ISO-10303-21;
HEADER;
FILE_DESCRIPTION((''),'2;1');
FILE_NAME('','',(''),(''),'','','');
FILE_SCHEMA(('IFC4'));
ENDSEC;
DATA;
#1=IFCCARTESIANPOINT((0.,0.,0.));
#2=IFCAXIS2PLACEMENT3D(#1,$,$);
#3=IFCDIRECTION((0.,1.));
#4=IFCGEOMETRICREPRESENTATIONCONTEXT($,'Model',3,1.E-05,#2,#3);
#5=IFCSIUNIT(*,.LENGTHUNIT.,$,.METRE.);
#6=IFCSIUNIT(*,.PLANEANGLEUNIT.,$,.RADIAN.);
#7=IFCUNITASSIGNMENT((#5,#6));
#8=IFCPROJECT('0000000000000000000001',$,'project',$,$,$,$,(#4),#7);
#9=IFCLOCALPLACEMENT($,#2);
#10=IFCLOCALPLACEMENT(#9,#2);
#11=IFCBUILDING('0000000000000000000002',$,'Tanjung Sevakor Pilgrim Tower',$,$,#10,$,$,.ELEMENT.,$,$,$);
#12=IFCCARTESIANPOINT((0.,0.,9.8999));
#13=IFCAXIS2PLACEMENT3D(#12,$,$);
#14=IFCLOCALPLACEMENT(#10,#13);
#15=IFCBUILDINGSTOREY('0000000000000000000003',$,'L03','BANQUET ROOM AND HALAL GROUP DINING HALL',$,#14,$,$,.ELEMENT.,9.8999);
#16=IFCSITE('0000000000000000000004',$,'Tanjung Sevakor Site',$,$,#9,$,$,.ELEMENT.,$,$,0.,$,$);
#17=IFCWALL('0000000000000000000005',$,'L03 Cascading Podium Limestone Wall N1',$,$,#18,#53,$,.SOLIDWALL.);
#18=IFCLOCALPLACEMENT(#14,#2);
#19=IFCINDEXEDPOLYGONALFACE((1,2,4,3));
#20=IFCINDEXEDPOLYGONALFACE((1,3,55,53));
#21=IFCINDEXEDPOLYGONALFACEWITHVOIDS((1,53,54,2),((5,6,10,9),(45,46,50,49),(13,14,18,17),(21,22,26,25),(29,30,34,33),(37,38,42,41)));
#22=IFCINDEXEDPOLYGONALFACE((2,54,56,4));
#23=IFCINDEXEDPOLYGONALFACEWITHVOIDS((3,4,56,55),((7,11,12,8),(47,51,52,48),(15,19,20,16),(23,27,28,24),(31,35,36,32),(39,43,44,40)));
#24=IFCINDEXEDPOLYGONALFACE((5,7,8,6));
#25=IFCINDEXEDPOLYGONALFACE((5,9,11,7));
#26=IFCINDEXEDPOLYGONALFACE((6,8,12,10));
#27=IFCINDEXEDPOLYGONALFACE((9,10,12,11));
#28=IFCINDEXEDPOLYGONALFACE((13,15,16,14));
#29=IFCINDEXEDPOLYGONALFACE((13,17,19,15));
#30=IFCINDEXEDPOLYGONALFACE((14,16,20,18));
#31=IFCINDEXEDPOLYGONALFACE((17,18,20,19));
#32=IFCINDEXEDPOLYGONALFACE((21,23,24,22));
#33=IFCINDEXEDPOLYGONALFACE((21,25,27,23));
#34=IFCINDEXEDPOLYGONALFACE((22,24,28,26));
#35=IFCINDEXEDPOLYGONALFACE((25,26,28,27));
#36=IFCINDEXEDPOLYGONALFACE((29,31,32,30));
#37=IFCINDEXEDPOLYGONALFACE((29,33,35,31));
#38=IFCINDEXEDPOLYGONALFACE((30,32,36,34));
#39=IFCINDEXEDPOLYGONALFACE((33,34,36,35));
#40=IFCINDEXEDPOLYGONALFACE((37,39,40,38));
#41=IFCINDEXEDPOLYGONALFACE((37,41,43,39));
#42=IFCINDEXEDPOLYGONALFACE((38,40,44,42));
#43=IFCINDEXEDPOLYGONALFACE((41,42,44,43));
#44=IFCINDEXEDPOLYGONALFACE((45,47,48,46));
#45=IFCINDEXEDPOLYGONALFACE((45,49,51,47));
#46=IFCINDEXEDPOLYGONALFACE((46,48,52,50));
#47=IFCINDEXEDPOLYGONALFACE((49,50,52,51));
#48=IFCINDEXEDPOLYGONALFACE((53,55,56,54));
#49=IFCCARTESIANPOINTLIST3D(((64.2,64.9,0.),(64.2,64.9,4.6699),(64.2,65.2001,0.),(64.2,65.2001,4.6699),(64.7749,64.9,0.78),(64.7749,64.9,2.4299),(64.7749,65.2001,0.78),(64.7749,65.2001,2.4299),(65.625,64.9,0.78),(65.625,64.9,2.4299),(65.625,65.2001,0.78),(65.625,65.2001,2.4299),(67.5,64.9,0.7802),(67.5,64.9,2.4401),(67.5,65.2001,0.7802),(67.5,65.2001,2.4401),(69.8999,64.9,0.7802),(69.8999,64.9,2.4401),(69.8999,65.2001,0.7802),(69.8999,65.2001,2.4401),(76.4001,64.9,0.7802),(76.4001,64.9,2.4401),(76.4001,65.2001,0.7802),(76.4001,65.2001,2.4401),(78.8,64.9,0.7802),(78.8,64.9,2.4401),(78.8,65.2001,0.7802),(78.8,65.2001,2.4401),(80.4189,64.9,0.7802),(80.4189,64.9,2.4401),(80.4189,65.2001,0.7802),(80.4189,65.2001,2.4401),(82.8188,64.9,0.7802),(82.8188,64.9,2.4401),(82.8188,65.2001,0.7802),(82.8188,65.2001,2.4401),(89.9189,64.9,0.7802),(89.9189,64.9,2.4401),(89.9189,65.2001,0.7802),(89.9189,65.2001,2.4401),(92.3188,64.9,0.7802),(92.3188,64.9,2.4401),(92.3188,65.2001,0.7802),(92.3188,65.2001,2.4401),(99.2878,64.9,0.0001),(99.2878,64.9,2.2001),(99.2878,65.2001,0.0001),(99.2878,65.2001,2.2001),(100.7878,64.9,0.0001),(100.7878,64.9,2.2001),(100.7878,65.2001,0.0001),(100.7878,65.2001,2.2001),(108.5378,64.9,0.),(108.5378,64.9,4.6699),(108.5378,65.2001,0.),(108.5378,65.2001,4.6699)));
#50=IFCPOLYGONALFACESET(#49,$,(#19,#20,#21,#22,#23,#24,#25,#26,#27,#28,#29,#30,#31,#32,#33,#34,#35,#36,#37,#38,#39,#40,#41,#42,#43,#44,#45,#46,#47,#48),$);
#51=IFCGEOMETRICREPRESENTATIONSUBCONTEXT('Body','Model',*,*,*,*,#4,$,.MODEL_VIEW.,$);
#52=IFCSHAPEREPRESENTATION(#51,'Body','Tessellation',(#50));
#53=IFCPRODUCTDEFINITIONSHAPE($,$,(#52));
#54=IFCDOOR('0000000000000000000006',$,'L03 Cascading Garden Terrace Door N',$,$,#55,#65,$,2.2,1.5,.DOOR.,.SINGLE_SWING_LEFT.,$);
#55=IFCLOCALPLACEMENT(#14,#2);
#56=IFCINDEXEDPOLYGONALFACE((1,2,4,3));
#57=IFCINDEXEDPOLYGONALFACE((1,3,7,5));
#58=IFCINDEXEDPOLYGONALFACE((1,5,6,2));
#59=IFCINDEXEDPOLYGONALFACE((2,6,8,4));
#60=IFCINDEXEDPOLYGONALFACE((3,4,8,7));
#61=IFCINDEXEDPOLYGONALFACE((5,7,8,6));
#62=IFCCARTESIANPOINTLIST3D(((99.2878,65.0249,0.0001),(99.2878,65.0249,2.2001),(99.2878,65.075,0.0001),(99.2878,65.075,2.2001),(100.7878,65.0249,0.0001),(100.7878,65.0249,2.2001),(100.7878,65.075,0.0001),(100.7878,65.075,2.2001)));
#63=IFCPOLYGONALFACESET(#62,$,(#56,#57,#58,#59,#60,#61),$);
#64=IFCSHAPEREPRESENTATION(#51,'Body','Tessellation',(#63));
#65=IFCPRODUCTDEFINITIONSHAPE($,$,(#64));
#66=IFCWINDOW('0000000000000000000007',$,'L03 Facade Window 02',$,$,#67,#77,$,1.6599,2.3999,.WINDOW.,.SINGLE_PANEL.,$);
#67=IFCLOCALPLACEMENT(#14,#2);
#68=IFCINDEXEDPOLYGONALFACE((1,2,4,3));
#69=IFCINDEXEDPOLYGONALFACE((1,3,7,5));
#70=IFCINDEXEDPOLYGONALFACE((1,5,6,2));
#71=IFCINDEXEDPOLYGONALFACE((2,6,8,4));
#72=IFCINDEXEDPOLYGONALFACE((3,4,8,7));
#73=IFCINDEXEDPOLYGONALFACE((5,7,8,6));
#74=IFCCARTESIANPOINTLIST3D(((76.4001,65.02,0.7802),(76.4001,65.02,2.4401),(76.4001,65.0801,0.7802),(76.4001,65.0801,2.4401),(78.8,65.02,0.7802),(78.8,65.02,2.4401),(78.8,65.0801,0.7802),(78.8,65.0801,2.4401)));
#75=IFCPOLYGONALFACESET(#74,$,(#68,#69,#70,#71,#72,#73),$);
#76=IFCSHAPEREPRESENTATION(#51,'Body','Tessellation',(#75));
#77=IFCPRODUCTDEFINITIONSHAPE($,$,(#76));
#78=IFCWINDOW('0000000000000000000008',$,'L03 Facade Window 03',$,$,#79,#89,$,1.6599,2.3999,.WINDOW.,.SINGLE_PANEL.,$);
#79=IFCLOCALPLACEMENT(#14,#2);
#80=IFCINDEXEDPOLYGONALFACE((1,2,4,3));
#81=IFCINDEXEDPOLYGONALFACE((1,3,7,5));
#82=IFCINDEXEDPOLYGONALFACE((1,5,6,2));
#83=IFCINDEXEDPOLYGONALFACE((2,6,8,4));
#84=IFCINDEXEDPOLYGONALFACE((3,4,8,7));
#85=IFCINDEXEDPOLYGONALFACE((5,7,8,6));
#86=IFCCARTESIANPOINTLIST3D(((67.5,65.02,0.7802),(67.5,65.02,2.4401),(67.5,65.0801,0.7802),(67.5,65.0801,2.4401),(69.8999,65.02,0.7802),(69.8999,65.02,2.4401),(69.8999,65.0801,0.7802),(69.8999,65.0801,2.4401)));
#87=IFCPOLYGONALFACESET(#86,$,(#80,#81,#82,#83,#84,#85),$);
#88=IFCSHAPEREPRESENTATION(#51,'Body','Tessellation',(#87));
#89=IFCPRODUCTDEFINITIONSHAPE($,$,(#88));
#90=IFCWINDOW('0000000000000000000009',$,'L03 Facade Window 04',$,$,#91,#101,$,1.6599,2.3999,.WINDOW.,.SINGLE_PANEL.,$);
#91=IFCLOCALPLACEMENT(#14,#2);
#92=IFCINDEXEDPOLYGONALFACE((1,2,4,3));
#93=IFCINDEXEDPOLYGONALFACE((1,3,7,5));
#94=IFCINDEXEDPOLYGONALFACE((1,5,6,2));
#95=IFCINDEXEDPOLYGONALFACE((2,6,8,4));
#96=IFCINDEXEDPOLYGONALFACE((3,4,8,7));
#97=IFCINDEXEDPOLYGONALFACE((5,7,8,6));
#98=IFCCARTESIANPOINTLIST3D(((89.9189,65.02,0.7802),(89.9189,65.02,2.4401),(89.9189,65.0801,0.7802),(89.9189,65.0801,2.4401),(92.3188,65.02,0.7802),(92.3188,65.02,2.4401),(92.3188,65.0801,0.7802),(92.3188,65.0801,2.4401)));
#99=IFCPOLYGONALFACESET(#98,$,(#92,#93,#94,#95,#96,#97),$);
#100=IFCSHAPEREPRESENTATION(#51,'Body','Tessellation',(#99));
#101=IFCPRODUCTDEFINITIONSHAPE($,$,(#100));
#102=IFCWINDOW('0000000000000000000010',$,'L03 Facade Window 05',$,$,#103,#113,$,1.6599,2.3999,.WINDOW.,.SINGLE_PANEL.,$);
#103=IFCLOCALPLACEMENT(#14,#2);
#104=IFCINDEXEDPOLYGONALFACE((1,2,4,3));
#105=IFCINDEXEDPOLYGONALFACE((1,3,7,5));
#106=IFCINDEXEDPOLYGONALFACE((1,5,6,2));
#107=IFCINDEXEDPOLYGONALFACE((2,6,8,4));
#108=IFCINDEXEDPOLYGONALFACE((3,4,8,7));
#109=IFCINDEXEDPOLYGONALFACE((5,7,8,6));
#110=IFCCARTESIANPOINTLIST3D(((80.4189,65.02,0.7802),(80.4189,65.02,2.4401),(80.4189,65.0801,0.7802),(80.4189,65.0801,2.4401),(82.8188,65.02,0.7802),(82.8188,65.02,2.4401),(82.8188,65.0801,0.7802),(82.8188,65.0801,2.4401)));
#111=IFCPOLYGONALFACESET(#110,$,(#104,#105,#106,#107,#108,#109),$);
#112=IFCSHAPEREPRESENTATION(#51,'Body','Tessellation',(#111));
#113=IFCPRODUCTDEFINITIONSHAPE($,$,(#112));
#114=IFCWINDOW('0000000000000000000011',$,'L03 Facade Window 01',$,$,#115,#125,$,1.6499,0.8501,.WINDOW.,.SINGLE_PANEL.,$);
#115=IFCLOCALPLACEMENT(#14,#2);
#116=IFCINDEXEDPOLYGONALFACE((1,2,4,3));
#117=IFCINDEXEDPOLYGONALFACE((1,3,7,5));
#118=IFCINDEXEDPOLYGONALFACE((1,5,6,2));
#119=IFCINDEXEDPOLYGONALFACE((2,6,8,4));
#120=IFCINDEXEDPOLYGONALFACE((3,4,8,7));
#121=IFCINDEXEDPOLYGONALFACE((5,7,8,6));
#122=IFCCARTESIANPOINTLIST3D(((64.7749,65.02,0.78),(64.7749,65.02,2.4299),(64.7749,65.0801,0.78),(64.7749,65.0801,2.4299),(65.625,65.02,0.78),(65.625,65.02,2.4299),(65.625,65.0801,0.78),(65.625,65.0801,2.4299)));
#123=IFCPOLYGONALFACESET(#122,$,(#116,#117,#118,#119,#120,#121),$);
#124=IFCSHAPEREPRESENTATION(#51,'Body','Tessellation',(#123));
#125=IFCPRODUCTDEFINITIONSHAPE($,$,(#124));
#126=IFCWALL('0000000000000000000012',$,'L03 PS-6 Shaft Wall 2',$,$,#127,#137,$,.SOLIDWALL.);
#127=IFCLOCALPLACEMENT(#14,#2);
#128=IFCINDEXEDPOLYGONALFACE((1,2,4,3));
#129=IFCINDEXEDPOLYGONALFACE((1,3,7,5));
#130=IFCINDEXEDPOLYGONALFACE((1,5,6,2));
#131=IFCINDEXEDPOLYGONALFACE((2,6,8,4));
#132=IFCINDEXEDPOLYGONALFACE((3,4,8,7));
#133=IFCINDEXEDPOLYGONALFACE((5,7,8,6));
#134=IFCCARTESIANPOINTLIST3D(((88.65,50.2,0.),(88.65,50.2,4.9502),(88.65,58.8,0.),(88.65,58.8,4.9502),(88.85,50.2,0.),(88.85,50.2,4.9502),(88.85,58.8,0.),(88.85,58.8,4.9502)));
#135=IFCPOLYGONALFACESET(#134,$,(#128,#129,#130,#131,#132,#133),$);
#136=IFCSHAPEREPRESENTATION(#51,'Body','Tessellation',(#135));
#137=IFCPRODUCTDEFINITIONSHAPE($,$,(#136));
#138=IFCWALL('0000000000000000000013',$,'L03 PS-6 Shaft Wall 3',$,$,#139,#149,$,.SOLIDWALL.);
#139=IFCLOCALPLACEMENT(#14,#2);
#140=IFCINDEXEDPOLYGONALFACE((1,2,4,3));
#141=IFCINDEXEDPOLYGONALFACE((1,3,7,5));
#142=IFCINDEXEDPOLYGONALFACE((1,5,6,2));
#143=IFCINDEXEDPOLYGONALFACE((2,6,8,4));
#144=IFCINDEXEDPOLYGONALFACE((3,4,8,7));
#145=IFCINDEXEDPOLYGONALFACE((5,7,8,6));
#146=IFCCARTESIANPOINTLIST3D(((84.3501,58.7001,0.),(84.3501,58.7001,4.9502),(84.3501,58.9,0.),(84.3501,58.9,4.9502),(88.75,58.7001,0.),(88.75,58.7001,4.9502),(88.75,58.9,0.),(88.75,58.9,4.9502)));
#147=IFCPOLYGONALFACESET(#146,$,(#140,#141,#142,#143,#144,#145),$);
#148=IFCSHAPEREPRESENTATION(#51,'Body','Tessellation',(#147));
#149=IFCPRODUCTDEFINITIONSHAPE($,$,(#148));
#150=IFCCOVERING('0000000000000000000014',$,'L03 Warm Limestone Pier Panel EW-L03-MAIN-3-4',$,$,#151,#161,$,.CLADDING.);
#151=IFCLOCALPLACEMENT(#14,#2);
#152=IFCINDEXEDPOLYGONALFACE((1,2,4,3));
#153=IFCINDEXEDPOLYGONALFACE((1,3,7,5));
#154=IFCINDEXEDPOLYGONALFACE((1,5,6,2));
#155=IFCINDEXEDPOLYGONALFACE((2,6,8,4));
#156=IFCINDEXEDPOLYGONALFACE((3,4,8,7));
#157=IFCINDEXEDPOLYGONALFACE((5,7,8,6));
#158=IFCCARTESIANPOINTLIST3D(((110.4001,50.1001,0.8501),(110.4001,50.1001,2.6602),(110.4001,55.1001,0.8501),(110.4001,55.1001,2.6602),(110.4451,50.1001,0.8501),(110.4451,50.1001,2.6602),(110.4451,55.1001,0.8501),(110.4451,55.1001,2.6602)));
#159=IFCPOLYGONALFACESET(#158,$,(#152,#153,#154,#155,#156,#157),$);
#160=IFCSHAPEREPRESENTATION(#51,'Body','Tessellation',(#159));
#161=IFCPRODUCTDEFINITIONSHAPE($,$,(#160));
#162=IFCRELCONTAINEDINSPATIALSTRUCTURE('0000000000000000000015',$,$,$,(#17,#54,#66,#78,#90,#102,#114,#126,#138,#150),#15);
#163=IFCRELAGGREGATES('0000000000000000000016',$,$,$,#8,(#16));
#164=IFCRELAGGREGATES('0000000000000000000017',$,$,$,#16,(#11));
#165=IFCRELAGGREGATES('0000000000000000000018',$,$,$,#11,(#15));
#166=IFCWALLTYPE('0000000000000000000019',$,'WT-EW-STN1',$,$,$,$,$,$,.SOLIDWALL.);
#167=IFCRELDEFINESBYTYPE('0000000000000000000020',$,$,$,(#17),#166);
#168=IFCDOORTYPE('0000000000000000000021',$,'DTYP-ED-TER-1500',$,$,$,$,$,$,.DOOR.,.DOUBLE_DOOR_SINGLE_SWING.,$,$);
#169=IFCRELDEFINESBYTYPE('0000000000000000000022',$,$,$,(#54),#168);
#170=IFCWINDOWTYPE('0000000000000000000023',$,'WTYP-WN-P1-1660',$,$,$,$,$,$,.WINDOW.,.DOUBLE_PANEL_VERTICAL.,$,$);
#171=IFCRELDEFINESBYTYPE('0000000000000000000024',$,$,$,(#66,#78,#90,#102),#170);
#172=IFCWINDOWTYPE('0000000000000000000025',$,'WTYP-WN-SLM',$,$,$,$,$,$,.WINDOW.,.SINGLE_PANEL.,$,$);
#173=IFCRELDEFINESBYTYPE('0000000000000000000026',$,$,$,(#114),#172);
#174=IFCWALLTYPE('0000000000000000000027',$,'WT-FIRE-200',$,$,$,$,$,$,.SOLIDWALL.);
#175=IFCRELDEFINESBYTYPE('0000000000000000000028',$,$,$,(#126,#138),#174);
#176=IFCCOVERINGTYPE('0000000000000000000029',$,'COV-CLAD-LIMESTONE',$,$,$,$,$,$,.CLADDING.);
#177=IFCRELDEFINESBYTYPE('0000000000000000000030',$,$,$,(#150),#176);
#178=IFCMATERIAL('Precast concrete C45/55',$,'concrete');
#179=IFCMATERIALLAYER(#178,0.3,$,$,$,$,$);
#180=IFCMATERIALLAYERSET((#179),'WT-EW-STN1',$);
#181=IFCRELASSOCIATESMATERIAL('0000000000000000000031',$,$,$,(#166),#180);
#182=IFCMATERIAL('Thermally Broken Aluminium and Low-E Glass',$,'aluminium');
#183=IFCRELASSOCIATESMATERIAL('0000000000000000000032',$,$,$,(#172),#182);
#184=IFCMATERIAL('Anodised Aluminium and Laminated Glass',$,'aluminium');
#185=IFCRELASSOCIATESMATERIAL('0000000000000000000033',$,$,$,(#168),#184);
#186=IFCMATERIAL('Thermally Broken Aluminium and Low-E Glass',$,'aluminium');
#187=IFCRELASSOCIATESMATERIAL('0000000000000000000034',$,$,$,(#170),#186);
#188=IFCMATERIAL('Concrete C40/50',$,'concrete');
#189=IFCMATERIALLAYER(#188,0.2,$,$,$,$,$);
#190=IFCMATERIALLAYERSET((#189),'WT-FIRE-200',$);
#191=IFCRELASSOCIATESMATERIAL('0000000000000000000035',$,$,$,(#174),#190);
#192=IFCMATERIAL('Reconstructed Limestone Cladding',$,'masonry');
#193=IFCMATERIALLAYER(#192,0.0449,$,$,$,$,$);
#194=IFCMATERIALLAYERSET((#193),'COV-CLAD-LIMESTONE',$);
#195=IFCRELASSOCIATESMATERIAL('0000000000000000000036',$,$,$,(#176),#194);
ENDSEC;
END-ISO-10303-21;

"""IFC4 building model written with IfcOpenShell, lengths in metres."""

from ifc_helpers import new_model, si_unit, direction, frame, frame_2d, origin, origin_2d, place, context, subcontext, project, spatial, rectangle, extrude, material, layer, layer_set, type_object, element, fill, save


model = new_model("IFC4")

# Units and contexts
model_context = context("Model", 3, precision=1e-05, world=origin(), true_north=direction((0.0, 1.0)))
body_context = subcontext(model_context, "Body", "Model", "MODEL_VIEW")
ifc_project = project(units=[si_unit("LENGTHUNIT", "METRE"), si_unit("PLANEANGLEUNIT", "RADIAN")], contexts=[model_context])

# Site, building, storey
site_placement = place(None, origin())
site = spatial("IfcSite", under=ifc_project, at=site_placement, Name="Tanjung Sevakor Site", CompositionType="ELEMENT", RefElevation=0.0)
building_placement = place(site_placement, origin())
building = spatial("IfcBuilding", under=site, at=building_placement, Name="Tanjung Sevakor Pilgrim Tower", CompositionType="ELEMENT")
storey_placement = place(building_placement, frame((0.0, 0.0, 9.8999)))
storey = spatial("IfcBuildingStorey", under=building, at=storey_placement, Name="L03", Description="BANQUET ROOM AND HALAL GROUP DINING HALL", CompositionType="ELEMENT", Elevation=9.8999)

# Shared definitions
ifc_material_1 = material(Name="Precast concrete C45/55", Category="concrete")
ifc_layer_1 = layer(ifc_material_1, 0.3)
ifc_layer_set_1 = layer_set([ifc_layer_1], Name="WT-EW-STN1")
wall_type_1 = type_object("IfcWallType", Name="WT-EW-STN1", PredefinedType="SOLIDWALL", material=ifc_layer_set_1)
ifc_material_2 = material(Name="Thermally Broken Aluminium and Low-E Glass", Category="aluminium")
window_type_1 = type_object("IfcWindowType", Name="WTYP-WN-SLM", PartitioningType="SINGLE_PANEL", PredefinedType="WINDOW", material=ifc_material_2)

# Wall, openings, door, windows
wall_1_placement = place(storey_placement, frame((108.5378, 65.05, 0.0), z_axis=(0.0, 0.0, 1.0), x_axis=(-1.0, 0.0, 0.0)))
wall_1 = element("IfcWall", 1, at=wall_1_placement, inside=storey, type_object=wall_type_1, Name="L03 Cascading Podium Limestone Wall N1", PredefinedType="SOLIDWALL", context=body_context, shape_type="SweptSolid", body=[
    extrude(rectangle(XDim=44.3379, YDim=0.3, at=frame_2d((22.1689, 0.0))), origin(), (0.0, 0.0, 1.0), 4.6699),
])
opening_1_placement = place(wall_1_placement, frame((7.75, 0.0, 0.0)))
opening_1 = element("IfcOpeningElement", 2, at=opening_1_placement, cuts=wall_1, PredefinedType="OPENING", context=body_context, shape_type="SweptSolid", body=[
    extrude(rectangle(XDim=1.5, YDim=2.2, at=frame_2d((0.75, 1.1001))), frame((0.0, 0.1599, 0.0), z_axis=(0.0, -1.0, 0.0), x_axis=(1.0, 0.0, 0.0)), (0.0, 0.0, 1.0), 0.3201),
])
opening_2_placement = place(wall_1_placement, frame((42.9128, 0.0, 0.78)))
opening_2 = element("IfcOpeningElement", 3, at=opening_2_placement, cuts=wall_1, PredefinedType="OPENING", context=body_context, shape_type="SweptSolid", body=[
    extrude(rectangle(XDim=0.8501, YDim=1.6499, at=frame_2d((0.425, 0.825))), frame((0.0, 0.1599, 0.0), z_axis=(0.0, -1.0, 0.0), x_axis=(1.0, 0.0, 0.0)), (0.0, 0.0, 1.0), 0.3201),
])
opening_3_placement = place(wall_1_placement, frame((29.7378, 0.0, 0.78)))
opening_3 = element("IfcOpeningElement", 4, at=opening_3_placement, cuts=wall_1, PredefinedType="OPENING", context=body_context, shape_type="SweptSolid", body=[
    extrude(rectangle(XDim=2.3999, YDim=1.6599, at=frame_2d((1.2, 0.8301))), frame((0.0, 0.1599, 0.0), z_axis=(0.0, -1.0, 0.0), x_axis=(1.0, 0.0, 0.0)), (0.0, 0.0, 1.0), 0.3201),
])
opening_4_placement = place(wall_1_placement, frame((38.6379, 0.0, 0.78)))
opening_4 = element("IfcOpeningElement", 5, at=opening_4_placement, cuts=wall_1, PredefinedType="OPENING", context=body_context, shape_type="SweptSolid", body=[
    extrude(rectangle(XDim=2.3999, YDim=1.6599, at=frame_2d((1.2, 0.8301))), frame((0.0, 0.1599, 0.0), z_axis=(0.0, -1.0, 0.0), x_axis=(1.0, 0.0, 0.0)), (0.0, 0.0, 1.0), 0.3201),
])
opening_5_placement = place(wall_1_placement, frame((16.219, 0.0, 0.78)))
opening_5 = element("IfcOpeningElement", 6, at=opening_5_placement, cuts=wall_1, PredefinedType="OPENING", context=body_context, shape_type="SweptSolid", body=[
    extrude(rectangle(XDim=2.3999, YDim=1.6599, at=frame_2d((1.2, 0.8301))), frame((0.0, 0.1599, 0.0), z_axis=(0.0, -1.0, 0.0), x_axis=(1.0, 0.0, 0.0)), (0.0, 0.0, 1.0), 0.3201),
])
opening_6_placement = place(wall_1_placement, frame((25.719, 0.0, 0.78)))
opening_6 = element("IfcOpeningElement", 7, at=opening_6_placement, cuts=wall_1, PredefinedType="OPENING", context=body_context, shape_type="SweptSolid", body=[
    extrude(rectangle(XDim=2.3999, YDim=1.6599, at=frame_2d((1.2, 0.8301))), frame((0.0, 0.1599, 0.0), z_axis=(0.0, -1.0, 0.0), x_axis=(1.0, 0.0, 0.0)), (0.0, 0.0, 1.0), 0.3201),
])
ifc_material_3 = material(Name="Anodised Aluminium and Laminated Glass", Category="aluminium")
door_type = type_object("IfcDoorType", Name="DTYP-ED-TER-1500", OperationType="DOUBLE_DOOR_SINGLE_SWING", PredefinedType="DOOR", material=ifc_material_3)
door_placement = place(opening_1_placement, frame((1.5, 0.0, 0.0), z_axis=(0.0, 0.0, 1.0), x_axis=(-1.0, 0.0, 0.0)))
door = element("IfcDoor", 8, at=door_placement, inside=storey, type_object=door_type, Name="L03 Cascading Garden Terrace Door N", OperationType="SINGLE_SWING_LEFT", OverallHeight=2.2, OverallWidth=1.5, PredefinedType="DOOR", context=body_context, shape_type="SweptSolid", body=[
    extrude(rectangle(XDim=1.5, YDim=2.2, at=frame_2d((0.75, 1.1001))), frame((0.0, 0.0249, 0.0), z_axis=(0.0, -1.0, 0.0), x_axis=(1.0, 0.0, 0.0)), (0.0, 0.0, 1.0), 0.05),
])
fill(opening_1, door)
ifc_material_4 = material(Name="Thermally Broken Aluminium and Low-E Glass", Category="aluminium")
window_type_2 = type_object("IfcWindowType", Name="WTYP-WN-P1-1660", PartitioningType="DOUBLE_PANEL_VERTICAL", PredefinedType="WINDOW", material=ifc_material_4)
window_1_placement = place(opening_3_placement, origin())
window_1 = element("IfcWindow", 9, at=window_1_placement, inside=storey, type_object=window_type_2, Name="L03 Facade Window 02", OverallHeight=1.6599, OverallWidth=2.3999, PartitioningType="SINGLE_PANEL", PredefinedType="WINDOW", context=body_context, shape_type="SweptSolid", body=[
    extrude(rectangle(XDim=2.3999, YDim=1.6599, at=frame_2d((1.2, 0.8301))), frame((0.0, 0.03, 0.0), z_axis=(0.0, -1.0, 0.0), x_axis=(1.0, 0.0, 0.0)), (0.0, 0.0, 1.0), 0.0601),
])
fill(opening_3, window_1)
window_2_placement = place(opening_4_placement, origin())
window_2 = element("IfcWindow", 10, at=window_2_placement, inside=storey, type_object=window_type_2, Name="L03 Facade Window 03", OverallHeight=1.6599, OverallWidth=2.3999, PartitioningType="SINGLE_PANEL", PredefinedType="WINDOW", context=body_context, shape_type="SweptSolid", body=[
    extrude(rectangle(XDim=2.3999, YDim=1.6599, at=frame_2d((1.2, 0.8301))), frame((0.0, 0.03, 0.0), z_axis=(0.0, -1.0, 0.0), x_axis=(1.0, 0.0, 0.0)), (0.0, 0.0, 1.0), 0.0601),
])
fill(opening_4, window_2)
window_3_placement = place(opening_5_placement, origin())
window_3 = element("IfcWindow", 11, at=window_3_placement, inside=storey, type_object=window_type_2, Name="L03 Facade Window 04", OverallHeight=1.6599, OverallWidth=2.3999, PartitioningType="SINGLE_PANEL", PredefinedType="WINDOW", context=body_context, shape_type="SweptSolid", body=[
    extrude(rectangle(XDim=2.3999, YDim=1.6599, at=frame_2d((1.2, 0.8301))), frame((0.0, 0.03, 0.0), z_axis=(0.0, -1.0, 0.0), x_axis=(1.0, 0.0, 0.0)), (0.0, 0.0, 1.0), 0.0601),
])
fill(opening_5, window_3)
window_4_placement = place(opening_6_placement, origin())
window_4 = element("IfcWindow", 12, at=window_4_placement, inside=storey, type_object=window_type_2, Name="L03 Facade Window 05", OverallHeight=1.6599, OverallWidth=2.3999, PartitioningType="SINGLE_PANEL", PredefinedType="WINDOW", context=body_context, shape_type="SweptSolid", body=[
    extrude(rectangle(XDim=2.3999, YDim=1.6599, at=frame_2d((1.2, 0.8301))), frame((0.0, 0.03, 0.0), z_axis=(0.0, -1.0, 0.0), x_axis=(1.0, 0.0, 0.0)), (0.0, 0.0, 1.0), 0.0601),
])
fill(opening_6, window_4)
window_5_placement = place(opening_2_placement, origin())
window_5 = element("IfcWindow", 13, at=window_5_placement, inside=storey, type_object=window_type_1, Name="L03 Facade Window 01", OverallHeight=1.6499, OverallWidth=0.8501, PartitioningType="SINGLE_PANEL", PredefinedType="WINDOW", context=body_context, shape_type="SweptSolid", body=[
    extrude(rectangle(XDim=0.8501, YDim=1.6499, at=frame_2d((0.425, 0.825))), frame((0.0, 0.03, 0.0), z_axis=(0.0, -1.0, 0.0), x_axis=(1.0, 0.0, 0.0)), (0.0, 0.0, 1.0), 0.0601),
])
fill(opening_2, window_5)

# Walls
ifc_material_5 = material(Name="Concrete C40/50", Category="concrete")
ifc_layer_2 = layer(ifc_material_5, 0.2)
ifc_layer_set_2 = layer_set([ifc_layer_2], Name="WT-FIRE-200")
wall_type_2 = type_object("IfcWallType", Name="WT-FIRE-200", PredefinedType="SOLIDWALL", material=ifc_layer_set_2)
wall_2_placement = place(storey_placement, frame((88.75, 50.2, 0.0), z_axis=(0.0, 0.0, 1.0), x_axis=(0.0, 1.0, 0.0)))
element("IfcWall", 14, at=wall_2_placement, inside=storey, type_object=wall_type_2, Name="L03 PS-6 Shaft Wall 2", PredefinedType="SOLIDWALL", context=body_context, shape_type="SweptSolid", body=[
    extrude(rectangle(XDim=8.6001, YDim=0.2, at=frame_2d((4.3, 0.0))), origin(), (0.0, 0.0, 1.0), 4.9502),
])
wall_3_placement = place(storey_placement, frame((88.75, 58.8, 0.0), z_axis=(0.0, 0.0, 1.0), x_axis=(-1.0, 0.0, 0.0)))
element("IfcWall", 15, at=wall_3_placement, inside=storey, type_object=wall_type_2, Name="L03 PS-6 Shaft Wall 3", PredefinedType="SOLIDWALL", context=body_context, shape_type="SweptSolid", body=[
    extrude(rectangle(XDim=4.3999, YDim=0.2, at=frame_2d((2.2, 0.0))), origin(), (0.0, 0.0, 1.0), 4.9502),
])

# Covering
ifc_material_6 = material(Name="Reconstructed Limestone Cladding", Category="masonry")
ifc_layer_3 = layer(ifc_material_6, 0.0449)
ifc_layer_set_3 = layer_set([ifc_layer_3], Name="COV-CLAD-LIMESTONE")
covering_type = type_object("IfcCoveringType", Name="COV-CLAD-LIMESTONE", PredefinedType="CLADDING", material=ifc_layer_set_3)
covering_1_placement = place(storey_placement, frame((110.4226, 52.6001, 0.8501), z_axis=(0.0, 0.0, 1.0), x_axis=(0.0, 1.0, 0.0)))
element("IfcCovering", 16, at=covering_1_placement, inside=storey, type_object=covering_type, Name="L03 Warm Limestone Pier Panel EW-L03-MAIN-3-4", PredefinedType="CLADDING", context=body_context, shape_type="SweptSolid", body=[
    extrude(rectangle(XDim=5.0, YDim=0.0449, at=origin_2d()), origin(), (0.0, 0.0, 1.0), 1.8101),
])

save(model, "model.ifc")
